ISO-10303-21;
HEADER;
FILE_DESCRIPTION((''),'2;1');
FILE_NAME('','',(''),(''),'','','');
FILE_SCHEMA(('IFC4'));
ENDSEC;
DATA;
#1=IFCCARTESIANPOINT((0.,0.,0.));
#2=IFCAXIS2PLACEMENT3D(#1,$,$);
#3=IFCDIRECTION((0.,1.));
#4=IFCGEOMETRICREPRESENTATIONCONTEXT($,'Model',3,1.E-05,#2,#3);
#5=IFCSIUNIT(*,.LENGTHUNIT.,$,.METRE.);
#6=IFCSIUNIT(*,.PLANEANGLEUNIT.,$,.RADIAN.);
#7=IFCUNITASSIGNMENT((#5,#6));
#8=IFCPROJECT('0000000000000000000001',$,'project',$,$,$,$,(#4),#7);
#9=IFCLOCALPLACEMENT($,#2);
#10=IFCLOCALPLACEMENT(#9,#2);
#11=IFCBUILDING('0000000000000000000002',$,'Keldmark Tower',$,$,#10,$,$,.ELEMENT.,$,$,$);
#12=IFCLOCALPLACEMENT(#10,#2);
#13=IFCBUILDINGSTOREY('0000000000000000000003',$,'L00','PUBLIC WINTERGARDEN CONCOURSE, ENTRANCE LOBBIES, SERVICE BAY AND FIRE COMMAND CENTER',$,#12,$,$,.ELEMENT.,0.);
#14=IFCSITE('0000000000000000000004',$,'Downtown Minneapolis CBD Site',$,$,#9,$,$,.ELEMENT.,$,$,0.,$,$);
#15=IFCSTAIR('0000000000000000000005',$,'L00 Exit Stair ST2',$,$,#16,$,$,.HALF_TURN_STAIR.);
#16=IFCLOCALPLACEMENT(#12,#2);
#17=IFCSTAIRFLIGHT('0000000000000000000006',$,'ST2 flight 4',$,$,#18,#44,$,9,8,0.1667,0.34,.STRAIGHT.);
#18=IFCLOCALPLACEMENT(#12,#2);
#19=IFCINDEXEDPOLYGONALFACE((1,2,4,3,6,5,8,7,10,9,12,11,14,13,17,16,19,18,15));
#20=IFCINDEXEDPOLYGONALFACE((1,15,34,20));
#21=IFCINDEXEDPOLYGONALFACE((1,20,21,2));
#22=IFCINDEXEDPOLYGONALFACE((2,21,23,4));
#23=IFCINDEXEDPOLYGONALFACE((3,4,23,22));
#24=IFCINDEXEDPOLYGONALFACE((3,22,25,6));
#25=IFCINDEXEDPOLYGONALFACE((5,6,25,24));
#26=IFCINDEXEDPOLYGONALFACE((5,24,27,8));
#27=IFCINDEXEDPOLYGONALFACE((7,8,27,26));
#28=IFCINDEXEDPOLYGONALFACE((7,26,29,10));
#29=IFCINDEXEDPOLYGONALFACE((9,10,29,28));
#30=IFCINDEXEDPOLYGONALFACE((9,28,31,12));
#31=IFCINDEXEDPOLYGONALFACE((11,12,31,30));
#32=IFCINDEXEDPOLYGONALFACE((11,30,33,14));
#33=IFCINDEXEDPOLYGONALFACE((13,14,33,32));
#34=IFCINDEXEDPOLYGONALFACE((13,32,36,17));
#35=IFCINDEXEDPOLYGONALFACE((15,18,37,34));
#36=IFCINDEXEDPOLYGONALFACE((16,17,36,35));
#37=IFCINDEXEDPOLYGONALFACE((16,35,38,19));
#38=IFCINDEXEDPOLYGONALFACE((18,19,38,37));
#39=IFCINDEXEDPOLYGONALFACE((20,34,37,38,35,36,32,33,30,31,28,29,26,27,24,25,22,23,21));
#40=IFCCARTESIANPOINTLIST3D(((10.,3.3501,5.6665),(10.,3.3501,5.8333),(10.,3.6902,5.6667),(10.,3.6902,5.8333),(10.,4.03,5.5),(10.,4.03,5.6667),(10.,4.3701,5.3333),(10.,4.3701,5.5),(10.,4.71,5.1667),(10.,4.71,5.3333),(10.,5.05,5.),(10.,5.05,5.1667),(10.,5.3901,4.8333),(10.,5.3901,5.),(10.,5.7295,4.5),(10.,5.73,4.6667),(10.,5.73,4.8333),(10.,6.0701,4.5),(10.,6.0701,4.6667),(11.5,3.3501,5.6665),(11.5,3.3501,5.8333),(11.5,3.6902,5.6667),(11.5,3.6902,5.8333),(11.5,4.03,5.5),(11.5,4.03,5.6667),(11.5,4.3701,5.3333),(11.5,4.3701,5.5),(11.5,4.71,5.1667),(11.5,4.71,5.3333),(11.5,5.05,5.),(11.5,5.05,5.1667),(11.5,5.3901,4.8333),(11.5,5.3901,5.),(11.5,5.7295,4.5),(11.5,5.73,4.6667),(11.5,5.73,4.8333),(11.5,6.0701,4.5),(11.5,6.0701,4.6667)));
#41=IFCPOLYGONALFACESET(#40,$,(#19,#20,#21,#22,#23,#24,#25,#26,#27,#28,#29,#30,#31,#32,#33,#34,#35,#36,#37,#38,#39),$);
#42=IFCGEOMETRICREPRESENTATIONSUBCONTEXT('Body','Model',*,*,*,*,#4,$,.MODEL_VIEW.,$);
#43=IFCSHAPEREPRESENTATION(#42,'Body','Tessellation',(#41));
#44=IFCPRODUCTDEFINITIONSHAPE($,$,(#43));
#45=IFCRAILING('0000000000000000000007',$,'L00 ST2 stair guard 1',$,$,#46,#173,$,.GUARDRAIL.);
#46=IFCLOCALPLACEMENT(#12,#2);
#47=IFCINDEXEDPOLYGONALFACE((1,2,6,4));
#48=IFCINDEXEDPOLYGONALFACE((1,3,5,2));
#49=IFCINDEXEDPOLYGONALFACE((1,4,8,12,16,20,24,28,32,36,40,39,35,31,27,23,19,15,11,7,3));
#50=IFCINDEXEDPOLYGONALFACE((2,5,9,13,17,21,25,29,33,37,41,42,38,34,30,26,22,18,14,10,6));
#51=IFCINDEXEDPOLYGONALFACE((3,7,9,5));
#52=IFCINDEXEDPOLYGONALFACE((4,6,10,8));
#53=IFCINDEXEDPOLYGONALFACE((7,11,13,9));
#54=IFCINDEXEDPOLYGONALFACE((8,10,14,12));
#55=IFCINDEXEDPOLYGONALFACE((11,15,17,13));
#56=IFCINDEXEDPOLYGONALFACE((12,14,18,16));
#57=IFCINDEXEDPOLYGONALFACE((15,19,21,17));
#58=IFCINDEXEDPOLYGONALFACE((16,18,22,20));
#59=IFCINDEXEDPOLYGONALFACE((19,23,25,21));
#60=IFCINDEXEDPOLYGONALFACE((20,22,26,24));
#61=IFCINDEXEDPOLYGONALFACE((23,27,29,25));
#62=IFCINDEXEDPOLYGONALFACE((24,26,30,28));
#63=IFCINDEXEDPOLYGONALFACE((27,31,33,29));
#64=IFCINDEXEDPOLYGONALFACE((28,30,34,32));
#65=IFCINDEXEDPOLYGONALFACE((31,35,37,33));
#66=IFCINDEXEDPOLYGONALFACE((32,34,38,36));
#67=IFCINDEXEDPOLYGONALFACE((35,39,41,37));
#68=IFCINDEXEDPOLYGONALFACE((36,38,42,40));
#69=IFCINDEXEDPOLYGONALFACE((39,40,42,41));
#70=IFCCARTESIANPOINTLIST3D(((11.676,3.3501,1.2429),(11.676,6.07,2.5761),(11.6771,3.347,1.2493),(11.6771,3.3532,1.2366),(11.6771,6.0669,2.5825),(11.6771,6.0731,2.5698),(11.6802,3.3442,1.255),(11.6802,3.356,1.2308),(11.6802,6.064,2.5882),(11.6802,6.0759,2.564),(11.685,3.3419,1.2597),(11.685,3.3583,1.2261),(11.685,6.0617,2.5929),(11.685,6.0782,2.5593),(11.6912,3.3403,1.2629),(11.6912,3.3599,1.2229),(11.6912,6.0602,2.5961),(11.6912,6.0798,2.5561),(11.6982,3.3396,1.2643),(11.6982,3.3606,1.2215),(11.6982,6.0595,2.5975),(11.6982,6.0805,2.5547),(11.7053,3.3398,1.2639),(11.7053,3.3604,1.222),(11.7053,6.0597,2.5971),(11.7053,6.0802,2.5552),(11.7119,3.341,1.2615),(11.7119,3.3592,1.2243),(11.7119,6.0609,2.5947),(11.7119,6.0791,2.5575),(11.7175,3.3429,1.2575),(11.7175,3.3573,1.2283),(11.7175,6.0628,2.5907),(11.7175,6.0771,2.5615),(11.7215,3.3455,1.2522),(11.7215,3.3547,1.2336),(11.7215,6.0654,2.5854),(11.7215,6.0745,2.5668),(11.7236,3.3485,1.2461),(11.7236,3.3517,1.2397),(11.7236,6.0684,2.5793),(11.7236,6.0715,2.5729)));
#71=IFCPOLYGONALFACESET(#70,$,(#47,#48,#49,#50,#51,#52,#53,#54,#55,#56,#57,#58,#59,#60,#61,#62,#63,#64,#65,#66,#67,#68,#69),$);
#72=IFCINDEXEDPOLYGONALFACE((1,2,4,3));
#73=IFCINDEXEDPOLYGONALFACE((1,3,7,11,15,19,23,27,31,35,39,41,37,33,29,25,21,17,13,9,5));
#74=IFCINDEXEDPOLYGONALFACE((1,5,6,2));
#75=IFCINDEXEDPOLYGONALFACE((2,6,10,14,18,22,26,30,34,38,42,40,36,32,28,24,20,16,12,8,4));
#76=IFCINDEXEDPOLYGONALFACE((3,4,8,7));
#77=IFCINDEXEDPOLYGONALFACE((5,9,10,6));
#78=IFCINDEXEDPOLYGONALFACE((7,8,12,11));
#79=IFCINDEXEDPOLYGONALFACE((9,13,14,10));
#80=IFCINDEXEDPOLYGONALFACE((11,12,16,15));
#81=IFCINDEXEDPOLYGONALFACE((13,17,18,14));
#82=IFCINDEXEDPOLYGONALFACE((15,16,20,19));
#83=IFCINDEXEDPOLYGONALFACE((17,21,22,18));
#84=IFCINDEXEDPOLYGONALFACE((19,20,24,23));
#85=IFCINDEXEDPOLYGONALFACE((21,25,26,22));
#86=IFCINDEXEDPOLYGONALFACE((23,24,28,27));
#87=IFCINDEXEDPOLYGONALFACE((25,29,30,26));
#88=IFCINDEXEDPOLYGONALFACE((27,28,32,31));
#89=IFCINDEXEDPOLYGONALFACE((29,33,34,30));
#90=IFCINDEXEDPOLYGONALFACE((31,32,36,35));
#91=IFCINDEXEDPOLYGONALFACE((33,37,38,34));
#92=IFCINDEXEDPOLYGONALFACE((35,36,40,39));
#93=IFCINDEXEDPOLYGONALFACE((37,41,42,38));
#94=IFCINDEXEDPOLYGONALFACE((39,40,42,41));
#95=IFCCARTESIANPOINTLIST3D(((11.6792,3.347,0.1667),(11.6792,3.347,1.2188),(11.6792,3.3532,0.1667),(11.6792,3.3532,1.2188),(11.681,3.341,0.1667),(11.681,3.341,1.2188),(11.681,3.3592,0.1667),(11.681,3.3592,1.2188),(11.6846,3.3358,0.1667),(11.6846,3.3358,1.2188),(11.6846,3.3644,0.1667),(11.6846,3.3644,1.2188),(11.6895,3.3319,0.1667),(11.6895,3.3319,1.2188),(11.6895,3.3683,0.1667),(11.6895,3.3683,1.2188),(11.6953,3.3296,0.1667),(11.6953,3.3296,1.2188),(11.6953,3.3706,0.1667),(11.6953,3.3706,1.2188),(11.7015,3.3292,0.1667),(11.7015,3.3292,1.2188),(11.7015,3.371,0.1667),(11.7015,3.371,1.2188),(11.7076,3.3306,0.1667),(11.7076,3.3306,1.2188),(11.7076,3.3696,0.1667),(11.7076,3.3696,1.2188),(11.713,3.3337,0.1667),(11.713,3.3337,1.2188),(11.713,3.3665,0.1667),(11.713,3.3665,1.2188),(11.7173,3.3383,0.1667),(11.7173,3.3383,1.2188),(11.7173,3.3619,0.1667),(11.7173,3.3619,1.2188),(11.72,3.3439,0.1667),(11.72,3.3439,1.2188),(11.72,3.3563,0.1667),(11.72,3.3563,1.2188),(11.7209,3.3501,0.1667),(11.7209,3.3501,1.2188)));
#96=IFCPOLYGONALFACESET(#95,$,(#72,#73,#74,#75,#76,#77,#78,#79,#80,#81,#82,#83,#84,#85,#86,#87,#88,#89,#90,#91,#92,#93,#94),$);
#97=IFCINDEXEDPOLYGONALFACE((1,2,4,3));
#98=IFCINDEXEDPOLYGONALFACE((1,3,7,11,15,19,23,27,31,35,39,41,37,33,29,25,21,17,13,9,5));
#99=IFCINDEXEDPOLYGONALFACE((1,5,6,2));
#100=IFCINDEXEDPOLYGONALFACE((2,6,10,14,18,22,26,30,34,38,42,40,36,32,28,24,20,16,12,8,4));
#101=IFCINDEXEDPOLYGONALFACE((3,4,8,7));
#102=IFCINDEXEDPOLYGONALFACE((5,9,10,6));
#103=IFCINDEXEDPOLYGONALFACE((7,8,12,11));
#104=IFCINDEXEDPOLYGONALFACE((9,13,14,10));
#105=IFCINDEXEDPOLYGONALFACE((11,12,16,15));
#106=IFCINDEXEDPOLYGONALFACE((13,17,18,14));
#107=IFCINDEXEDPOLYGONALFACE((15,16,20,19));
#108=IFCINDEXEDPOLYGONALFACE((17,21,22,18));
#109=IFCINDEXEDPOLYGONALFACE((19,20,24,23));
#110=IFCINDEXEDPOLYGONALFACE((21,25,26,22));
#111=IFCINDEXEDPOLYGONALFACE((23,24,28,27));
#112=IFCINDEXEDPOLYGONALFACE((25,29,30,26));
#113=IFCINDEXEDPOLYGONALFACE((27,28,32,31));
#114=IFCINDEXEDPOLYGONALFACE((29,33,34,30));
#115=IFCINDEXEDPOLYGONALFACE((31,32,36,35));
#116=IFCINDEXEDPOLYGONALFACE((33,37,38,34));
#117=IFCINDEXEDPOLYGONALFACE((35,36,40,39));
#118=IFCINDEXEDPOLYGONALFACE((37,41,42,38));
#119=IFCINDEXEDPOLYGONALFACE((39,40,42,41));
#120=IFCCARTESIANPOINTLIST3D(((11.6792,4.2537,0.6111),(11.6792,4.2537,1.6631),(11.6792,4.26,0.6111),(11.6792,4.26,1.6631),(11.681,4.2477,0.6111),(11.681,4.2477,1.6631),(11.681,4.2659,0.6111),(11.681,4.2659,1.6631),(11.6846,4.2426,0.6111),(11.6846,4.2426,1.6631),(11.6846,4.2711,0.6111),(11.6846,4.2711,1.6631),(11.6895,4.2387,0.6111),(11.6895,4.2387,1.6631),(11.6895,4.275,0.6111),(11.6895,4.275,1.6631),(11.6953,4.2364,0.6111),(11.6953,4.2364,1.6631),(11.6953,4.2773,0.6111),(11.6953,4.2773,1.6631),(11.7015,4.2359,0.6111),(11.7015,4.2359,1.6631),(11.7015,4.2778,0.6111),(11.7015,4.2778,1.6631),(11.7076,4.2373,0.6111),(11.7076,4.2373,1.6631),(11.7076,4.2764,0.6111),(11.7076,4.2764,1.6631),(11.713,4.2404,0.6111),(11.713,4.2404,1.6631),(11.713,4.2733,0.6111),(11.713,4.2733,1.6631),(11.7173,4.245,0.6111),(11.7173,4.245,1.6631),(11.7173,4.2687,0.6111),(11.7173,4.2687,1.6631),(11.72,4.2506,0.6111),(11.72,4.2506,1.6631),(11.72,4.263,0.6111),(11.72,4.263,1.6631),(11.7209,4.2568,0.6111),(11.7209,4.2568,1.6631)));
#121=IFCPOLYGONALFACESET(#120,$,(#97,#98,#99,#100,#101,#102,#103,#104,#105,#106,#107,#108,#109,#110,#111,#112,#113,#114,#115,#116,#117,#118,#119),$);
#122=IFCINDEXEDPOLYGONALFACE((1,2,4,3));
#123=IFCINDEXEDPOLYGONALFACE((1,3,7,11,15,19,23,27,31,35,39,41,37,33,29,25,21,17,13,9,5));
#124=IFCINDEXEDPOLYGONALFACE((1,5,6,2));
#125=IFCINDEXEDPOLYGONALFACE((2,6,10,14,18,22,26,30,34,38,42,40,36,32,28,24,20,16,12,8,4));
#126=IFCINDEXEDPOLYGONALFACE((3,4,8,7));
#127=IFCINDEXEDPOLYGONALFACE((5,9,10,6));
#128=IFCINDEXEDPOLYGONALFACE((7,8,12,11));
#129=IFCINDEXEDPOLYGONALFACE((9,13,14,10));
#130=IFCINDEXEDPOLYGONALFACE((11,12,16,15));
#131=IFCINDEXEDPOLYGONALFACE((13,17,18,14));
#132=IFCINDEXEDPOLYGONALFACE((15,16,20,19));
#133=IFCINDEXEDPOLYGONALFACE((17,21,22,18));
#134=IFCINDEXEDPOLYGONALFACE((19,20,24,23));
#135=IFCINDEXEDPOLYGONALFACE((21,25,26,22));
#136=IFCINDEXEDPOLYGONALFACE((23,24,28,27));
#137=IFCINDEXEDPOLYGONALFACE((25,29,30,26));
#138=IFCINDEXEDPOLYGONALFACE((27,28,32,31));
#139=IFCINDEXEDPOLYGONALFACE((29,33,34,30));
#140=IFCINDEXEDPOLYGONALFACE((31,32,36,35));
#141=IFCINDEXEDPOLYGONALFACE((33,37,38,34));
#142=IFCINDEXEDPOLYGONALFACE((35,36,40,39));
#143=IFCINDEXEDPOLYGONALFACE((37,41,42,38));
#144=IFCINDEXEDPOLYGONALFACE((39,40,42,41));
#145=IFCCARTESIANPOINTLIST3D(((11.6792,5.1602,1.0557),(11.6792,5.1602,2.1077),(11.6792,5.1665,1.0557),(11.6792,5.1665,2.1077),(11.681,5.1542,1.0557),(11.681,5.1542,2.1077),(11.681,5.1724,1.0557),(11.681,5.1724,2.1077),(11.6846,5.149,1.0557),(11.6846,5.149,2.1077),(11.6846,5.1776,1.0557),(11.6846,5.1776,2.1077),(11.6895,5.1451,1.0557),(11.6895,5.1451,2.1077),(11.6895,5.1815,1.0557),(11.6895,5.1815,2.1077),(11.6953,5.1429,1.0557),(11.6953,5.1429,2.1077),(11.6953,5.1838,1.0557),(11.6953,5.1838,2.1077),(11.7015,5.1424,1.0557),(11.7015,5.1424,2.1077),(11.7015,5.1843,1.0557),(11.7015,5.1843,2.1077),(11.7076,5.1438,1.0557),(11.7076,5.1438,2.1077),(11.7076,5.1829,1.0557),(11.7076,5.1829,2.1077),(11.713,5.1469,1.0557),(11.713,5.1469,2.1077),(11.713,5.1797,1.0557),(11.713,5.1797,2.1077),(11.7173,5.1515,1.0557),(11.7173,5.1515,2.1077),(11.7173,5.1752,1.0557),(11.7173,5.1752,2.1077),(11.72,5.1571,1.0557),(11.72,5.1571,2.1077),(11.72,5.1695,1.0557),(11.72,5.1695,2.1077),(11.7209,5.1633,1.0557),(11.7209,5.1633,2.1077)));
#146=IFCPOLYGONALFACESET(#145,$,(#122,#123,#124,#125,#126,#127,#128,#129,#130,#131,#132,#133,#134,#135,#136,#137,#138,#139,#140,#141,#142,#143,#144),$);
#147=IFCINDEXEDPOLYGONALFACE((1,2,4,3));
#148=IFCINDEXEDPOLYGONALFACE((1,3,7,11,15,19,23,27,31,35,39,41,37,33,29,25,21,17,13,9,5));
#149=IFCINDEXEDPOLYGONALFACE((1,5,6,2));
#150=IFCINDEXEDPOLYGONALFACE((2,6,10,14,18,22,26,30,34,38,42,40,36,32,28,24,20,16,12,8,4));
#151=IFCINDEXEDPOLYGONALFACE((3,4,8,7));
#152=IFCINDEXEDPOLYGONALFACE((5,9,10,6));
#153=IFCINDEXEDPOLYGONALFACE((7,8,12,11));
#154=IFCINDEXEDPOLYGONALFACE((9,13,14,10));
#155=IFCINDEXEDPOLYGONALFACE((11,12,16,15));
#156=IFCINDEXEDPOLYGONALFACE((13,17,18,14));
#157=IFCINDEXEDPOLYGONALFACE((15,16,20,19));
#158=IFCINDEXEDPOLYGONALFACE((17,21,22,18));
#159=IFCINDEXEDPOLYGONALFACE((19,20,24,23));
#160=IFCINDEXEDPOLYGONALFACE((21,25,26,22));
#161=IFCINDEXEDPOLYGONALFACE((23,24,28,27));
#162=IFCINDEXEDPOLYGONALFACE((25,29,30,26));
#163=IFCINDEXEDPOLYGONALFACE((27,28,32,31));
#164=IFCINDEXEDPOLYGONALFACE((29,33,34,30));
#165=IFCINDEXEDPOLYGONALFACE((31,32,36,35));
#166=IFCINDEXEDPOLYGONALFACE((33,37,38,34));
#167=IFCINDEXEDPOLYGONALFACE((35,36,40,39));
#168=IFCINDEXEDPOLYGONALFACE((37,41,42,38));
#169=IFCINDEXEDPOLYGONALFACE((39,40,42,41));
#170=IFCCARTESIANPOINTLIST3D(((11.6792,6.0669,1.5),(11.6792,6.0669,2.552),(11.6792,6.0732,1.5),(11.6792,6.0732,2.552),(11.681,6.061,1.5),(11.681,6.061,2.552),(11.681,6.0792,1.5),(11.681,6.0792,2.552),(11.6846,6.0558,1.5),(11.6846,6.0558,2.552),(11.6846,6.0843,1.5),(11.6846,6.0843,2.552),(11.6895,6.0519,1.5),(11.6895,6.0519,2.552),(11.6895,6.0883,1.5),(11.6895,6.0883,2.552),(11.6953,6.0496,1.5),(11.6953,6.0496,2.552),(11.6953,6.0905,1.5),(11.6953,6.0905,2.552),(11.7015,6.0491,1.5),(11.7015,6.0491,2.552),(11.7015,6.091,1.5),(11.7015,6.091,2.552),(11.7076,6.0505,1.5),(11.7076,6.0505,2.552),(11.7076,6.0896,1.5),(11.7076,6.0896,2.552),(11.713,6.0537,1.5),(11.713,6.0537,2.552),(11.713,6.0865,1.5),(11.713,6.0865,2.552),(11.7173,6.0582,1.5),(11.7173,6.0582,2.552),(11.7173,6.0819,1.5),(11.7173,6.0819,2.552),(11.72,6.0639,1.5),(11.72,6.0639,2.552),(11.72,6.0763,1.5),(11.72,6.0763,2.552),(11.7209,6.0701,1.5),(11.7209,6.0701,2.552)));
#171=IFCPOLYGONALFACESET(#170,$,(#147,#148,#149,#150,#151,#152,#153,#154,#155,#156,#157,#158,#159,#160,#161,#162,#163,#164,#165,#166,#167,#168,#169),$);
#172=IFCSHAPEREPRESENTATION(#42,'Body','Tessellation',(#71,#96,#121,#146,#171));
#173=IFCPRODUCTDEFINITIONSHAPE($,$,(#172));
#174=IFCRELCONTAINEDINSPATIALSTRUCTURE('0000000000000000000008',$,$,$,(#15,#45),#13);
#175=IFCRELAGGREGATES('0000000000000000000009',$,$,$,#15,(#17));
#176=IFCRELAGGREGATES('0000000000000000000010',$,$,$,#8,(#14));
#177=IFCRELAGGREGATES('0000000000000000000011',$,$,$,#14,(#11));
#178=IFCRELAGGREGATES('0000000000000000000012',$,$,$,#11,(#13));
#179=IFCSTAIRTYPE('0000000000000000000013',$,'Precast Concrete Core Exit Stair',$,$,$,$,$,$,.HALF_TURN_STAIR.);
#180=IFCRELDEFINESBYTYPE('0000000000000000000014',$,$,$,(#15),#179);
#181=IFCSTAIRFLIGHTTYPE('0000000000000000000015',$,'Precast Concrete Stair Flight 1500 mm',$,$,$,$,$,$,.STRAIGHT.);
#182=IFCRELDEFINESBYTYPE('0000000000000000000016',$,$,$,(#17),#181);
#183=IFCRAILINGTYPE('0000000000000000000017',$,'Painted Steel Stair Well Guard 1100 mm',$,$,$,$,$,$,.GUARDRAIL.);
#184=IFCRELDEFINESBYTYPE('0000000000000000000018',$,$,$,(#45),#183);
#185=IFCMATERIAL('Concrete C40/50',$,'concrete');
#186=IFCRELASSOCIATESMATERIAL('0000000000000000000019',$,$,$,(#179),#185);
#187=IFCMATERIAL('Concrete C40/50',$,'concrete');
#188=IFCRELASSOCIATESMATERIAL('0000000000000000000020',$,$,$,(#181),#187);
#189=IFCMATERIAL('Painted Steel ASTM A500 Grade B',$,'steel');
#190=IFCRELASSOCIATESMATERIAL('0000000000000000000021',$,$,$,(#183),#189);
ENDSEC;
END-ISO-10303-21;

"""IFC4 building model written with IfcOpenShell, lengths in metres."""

from ifc_helpers import new_model, si_unit, direction, frame, origin, origin_2d, place, context, subcontext, project, spatial, polyline, circle, outline, extrude, material, type_object, element, aggregate, save


model = new_model("IFC4")

# Units and contexts
model_context = context("Model", 3, precision=1e-05, world=origin(), true_north=direction((0.0, 1.0)))
body_context = subcontext(model_context, "Body", "Model", "MODEL_VIEW")
ifc_project = project(units=[si_unit("LENGTHUNIT", "METRE"), si_unit("PLANEANGLEUNIT", "RADIAN")], contexts=[model_context])

# Site, building, storey
site_placement = place(None, origin())
site = spatial("IfcSite", under=ifc_project, at=site_placement, Name="Downtown Minneapolis CBD Site", CompositionType="ELEMENT", RefElevation=0.0)
building_placement = place(site_placement, origin())
building = spatial("IfcBuilding", under=site, at=building_placement, Name="Keldmark Tower", CompositionType="ELEMENT")
storey_placement = place(building_placement, origin())
storey = spatial("IfcBuildingStorey", under=building, at=storey_placement, Name="L00", Description="PUBLIC WINTERGARDEN CONCOURSE, ENTRANCE LOBBIES, SERVICE BAY AND FIRE COMMAND CENTER", CompositionType="ELEMENT", Elevation=0.0)

# Stair, stair flight
ifc_material_1 = material(Name="Concrete C40/50", Category="concrete")
stair_type = type_object("IfcStairType", Name="Precast Concrete Core Exit Stair", PredefinedType="HALF_TURN_STAIR", material=ifc_material_1)
stair_placement = place(storey_placement, origin())
stair = element("IfcStair", 1, at=stair_placement, inside=storey, type_object=stair_type, Name="L00 Exit Stair ST2", PredefinedType="HALF_TURN_STAIR")
ifc_material_2 = material(Name="Concrete C40/50", Category="concrete")
stair_flight_type = type_object("IfcStairFlightType", Name="Precast Concrete Stair Flight 1500 mm", PredefinedType="STRAIGHT", material=ifc_material_2)
stair_flight_1_placement = place(storey_placement, frame((10.75, 6.0701, 4.5), z_axis=(0.0, 0.0, 1.0), x_axis=(0.0, -1.0, 0.0)))
stair_flight_1 = element("IfcStairFlight", 2, at=stair_flight_1_placement, type_object=stair_flight_type, Name="ST2 flight 4", NumberOfRisers=9, NumberOfTreads=8, PredefinedType="STRAIGHT", RiserHeight=0.1667, TreadLength=0.34, context=body_context, shape_type="SweptSolid", body=[
    extrude(outline(polyline([(0.0, 0.0), (0.0, 0.1667), (0.3401, 0.1667), (0.3401, 0.3333), (0.6799, 0.3333), (0.6799, 0.5), (1.02, 0.5), (1.02, 0.6667), (1.3601, 0.6667), (1.3601, 0.8333), (1.7, 0.8333), (1.7, 1.0), (2.04, 1.0), (2.04, 1.1667), (2.3799, 1.1667), (2.3799, 1.3333), (2.72, 1.3333), (2.72, 1.5), (2.72, 1.1665), (0.3406, 0.0), (0.0, 0.0)])), frame((0.0, 0.75, 0.0), z_axis=(0.0, -1.0, 0.0), x_axis=(1.0, 0.0, 0.0)), (0.0, 0.0, 1.0), 1.5),
])
aggregate(stair, [stair_flight_1])

# Railing
ifc_material_3 = material(Name="Painted Steel ASTM A500 Grade B", Category="steel")
railing_type_1 = type_object("IfcRailingType", Name="Painted Steel Stair Well Guard 1100 mm", PredefinedType="GUARDRAIL", material=ifc_material_3)
railing_1_placement = place(storey_placement, frame((11.7, 3.3501, 0.1667)))
element("IfcRailing", 3, at=railing_1_placement, inside=storey, type_object=railing_type_1, Name="L00 ST2 stair guard 1", PredefinedType="GUARDRAIL", context=body_context, shape_type="SweptSolid", body=[
    extrude(circle(Radius=0.0239, at=origin_2d()), frame((0.0, 0.0, 1.0762), z_axis=(0.0, 0.897929, 0.440139), x_axis=(-1.0, 0.0, 0.0)), (0.0, 0.0, 1.0), 3.0291),
    extrude(circle(Radius=0.021, at=origin_2d()), origin(), (0.0, 0.0, 1.0), 1.052),
    extrude(circle(Radius=0.021, at=origin_2d()), frame((0.0, 0.9067, 0.4443)), (0.0, 0.0, 1.0), 1.052),
    extrude(circle(Radius=0.021, at=origin_2d()), frame((0.0, 1.8132, 0.8889)), (0.0, 0.0, 1.0), 1.052),
    extrude(circle(Radius=0.021, at=origin_2d()), frame((0.0, 2.72, 1.3333)), (0.0, 0.0, 1.0), 1.052),
])

save(model, "model.ifc")
